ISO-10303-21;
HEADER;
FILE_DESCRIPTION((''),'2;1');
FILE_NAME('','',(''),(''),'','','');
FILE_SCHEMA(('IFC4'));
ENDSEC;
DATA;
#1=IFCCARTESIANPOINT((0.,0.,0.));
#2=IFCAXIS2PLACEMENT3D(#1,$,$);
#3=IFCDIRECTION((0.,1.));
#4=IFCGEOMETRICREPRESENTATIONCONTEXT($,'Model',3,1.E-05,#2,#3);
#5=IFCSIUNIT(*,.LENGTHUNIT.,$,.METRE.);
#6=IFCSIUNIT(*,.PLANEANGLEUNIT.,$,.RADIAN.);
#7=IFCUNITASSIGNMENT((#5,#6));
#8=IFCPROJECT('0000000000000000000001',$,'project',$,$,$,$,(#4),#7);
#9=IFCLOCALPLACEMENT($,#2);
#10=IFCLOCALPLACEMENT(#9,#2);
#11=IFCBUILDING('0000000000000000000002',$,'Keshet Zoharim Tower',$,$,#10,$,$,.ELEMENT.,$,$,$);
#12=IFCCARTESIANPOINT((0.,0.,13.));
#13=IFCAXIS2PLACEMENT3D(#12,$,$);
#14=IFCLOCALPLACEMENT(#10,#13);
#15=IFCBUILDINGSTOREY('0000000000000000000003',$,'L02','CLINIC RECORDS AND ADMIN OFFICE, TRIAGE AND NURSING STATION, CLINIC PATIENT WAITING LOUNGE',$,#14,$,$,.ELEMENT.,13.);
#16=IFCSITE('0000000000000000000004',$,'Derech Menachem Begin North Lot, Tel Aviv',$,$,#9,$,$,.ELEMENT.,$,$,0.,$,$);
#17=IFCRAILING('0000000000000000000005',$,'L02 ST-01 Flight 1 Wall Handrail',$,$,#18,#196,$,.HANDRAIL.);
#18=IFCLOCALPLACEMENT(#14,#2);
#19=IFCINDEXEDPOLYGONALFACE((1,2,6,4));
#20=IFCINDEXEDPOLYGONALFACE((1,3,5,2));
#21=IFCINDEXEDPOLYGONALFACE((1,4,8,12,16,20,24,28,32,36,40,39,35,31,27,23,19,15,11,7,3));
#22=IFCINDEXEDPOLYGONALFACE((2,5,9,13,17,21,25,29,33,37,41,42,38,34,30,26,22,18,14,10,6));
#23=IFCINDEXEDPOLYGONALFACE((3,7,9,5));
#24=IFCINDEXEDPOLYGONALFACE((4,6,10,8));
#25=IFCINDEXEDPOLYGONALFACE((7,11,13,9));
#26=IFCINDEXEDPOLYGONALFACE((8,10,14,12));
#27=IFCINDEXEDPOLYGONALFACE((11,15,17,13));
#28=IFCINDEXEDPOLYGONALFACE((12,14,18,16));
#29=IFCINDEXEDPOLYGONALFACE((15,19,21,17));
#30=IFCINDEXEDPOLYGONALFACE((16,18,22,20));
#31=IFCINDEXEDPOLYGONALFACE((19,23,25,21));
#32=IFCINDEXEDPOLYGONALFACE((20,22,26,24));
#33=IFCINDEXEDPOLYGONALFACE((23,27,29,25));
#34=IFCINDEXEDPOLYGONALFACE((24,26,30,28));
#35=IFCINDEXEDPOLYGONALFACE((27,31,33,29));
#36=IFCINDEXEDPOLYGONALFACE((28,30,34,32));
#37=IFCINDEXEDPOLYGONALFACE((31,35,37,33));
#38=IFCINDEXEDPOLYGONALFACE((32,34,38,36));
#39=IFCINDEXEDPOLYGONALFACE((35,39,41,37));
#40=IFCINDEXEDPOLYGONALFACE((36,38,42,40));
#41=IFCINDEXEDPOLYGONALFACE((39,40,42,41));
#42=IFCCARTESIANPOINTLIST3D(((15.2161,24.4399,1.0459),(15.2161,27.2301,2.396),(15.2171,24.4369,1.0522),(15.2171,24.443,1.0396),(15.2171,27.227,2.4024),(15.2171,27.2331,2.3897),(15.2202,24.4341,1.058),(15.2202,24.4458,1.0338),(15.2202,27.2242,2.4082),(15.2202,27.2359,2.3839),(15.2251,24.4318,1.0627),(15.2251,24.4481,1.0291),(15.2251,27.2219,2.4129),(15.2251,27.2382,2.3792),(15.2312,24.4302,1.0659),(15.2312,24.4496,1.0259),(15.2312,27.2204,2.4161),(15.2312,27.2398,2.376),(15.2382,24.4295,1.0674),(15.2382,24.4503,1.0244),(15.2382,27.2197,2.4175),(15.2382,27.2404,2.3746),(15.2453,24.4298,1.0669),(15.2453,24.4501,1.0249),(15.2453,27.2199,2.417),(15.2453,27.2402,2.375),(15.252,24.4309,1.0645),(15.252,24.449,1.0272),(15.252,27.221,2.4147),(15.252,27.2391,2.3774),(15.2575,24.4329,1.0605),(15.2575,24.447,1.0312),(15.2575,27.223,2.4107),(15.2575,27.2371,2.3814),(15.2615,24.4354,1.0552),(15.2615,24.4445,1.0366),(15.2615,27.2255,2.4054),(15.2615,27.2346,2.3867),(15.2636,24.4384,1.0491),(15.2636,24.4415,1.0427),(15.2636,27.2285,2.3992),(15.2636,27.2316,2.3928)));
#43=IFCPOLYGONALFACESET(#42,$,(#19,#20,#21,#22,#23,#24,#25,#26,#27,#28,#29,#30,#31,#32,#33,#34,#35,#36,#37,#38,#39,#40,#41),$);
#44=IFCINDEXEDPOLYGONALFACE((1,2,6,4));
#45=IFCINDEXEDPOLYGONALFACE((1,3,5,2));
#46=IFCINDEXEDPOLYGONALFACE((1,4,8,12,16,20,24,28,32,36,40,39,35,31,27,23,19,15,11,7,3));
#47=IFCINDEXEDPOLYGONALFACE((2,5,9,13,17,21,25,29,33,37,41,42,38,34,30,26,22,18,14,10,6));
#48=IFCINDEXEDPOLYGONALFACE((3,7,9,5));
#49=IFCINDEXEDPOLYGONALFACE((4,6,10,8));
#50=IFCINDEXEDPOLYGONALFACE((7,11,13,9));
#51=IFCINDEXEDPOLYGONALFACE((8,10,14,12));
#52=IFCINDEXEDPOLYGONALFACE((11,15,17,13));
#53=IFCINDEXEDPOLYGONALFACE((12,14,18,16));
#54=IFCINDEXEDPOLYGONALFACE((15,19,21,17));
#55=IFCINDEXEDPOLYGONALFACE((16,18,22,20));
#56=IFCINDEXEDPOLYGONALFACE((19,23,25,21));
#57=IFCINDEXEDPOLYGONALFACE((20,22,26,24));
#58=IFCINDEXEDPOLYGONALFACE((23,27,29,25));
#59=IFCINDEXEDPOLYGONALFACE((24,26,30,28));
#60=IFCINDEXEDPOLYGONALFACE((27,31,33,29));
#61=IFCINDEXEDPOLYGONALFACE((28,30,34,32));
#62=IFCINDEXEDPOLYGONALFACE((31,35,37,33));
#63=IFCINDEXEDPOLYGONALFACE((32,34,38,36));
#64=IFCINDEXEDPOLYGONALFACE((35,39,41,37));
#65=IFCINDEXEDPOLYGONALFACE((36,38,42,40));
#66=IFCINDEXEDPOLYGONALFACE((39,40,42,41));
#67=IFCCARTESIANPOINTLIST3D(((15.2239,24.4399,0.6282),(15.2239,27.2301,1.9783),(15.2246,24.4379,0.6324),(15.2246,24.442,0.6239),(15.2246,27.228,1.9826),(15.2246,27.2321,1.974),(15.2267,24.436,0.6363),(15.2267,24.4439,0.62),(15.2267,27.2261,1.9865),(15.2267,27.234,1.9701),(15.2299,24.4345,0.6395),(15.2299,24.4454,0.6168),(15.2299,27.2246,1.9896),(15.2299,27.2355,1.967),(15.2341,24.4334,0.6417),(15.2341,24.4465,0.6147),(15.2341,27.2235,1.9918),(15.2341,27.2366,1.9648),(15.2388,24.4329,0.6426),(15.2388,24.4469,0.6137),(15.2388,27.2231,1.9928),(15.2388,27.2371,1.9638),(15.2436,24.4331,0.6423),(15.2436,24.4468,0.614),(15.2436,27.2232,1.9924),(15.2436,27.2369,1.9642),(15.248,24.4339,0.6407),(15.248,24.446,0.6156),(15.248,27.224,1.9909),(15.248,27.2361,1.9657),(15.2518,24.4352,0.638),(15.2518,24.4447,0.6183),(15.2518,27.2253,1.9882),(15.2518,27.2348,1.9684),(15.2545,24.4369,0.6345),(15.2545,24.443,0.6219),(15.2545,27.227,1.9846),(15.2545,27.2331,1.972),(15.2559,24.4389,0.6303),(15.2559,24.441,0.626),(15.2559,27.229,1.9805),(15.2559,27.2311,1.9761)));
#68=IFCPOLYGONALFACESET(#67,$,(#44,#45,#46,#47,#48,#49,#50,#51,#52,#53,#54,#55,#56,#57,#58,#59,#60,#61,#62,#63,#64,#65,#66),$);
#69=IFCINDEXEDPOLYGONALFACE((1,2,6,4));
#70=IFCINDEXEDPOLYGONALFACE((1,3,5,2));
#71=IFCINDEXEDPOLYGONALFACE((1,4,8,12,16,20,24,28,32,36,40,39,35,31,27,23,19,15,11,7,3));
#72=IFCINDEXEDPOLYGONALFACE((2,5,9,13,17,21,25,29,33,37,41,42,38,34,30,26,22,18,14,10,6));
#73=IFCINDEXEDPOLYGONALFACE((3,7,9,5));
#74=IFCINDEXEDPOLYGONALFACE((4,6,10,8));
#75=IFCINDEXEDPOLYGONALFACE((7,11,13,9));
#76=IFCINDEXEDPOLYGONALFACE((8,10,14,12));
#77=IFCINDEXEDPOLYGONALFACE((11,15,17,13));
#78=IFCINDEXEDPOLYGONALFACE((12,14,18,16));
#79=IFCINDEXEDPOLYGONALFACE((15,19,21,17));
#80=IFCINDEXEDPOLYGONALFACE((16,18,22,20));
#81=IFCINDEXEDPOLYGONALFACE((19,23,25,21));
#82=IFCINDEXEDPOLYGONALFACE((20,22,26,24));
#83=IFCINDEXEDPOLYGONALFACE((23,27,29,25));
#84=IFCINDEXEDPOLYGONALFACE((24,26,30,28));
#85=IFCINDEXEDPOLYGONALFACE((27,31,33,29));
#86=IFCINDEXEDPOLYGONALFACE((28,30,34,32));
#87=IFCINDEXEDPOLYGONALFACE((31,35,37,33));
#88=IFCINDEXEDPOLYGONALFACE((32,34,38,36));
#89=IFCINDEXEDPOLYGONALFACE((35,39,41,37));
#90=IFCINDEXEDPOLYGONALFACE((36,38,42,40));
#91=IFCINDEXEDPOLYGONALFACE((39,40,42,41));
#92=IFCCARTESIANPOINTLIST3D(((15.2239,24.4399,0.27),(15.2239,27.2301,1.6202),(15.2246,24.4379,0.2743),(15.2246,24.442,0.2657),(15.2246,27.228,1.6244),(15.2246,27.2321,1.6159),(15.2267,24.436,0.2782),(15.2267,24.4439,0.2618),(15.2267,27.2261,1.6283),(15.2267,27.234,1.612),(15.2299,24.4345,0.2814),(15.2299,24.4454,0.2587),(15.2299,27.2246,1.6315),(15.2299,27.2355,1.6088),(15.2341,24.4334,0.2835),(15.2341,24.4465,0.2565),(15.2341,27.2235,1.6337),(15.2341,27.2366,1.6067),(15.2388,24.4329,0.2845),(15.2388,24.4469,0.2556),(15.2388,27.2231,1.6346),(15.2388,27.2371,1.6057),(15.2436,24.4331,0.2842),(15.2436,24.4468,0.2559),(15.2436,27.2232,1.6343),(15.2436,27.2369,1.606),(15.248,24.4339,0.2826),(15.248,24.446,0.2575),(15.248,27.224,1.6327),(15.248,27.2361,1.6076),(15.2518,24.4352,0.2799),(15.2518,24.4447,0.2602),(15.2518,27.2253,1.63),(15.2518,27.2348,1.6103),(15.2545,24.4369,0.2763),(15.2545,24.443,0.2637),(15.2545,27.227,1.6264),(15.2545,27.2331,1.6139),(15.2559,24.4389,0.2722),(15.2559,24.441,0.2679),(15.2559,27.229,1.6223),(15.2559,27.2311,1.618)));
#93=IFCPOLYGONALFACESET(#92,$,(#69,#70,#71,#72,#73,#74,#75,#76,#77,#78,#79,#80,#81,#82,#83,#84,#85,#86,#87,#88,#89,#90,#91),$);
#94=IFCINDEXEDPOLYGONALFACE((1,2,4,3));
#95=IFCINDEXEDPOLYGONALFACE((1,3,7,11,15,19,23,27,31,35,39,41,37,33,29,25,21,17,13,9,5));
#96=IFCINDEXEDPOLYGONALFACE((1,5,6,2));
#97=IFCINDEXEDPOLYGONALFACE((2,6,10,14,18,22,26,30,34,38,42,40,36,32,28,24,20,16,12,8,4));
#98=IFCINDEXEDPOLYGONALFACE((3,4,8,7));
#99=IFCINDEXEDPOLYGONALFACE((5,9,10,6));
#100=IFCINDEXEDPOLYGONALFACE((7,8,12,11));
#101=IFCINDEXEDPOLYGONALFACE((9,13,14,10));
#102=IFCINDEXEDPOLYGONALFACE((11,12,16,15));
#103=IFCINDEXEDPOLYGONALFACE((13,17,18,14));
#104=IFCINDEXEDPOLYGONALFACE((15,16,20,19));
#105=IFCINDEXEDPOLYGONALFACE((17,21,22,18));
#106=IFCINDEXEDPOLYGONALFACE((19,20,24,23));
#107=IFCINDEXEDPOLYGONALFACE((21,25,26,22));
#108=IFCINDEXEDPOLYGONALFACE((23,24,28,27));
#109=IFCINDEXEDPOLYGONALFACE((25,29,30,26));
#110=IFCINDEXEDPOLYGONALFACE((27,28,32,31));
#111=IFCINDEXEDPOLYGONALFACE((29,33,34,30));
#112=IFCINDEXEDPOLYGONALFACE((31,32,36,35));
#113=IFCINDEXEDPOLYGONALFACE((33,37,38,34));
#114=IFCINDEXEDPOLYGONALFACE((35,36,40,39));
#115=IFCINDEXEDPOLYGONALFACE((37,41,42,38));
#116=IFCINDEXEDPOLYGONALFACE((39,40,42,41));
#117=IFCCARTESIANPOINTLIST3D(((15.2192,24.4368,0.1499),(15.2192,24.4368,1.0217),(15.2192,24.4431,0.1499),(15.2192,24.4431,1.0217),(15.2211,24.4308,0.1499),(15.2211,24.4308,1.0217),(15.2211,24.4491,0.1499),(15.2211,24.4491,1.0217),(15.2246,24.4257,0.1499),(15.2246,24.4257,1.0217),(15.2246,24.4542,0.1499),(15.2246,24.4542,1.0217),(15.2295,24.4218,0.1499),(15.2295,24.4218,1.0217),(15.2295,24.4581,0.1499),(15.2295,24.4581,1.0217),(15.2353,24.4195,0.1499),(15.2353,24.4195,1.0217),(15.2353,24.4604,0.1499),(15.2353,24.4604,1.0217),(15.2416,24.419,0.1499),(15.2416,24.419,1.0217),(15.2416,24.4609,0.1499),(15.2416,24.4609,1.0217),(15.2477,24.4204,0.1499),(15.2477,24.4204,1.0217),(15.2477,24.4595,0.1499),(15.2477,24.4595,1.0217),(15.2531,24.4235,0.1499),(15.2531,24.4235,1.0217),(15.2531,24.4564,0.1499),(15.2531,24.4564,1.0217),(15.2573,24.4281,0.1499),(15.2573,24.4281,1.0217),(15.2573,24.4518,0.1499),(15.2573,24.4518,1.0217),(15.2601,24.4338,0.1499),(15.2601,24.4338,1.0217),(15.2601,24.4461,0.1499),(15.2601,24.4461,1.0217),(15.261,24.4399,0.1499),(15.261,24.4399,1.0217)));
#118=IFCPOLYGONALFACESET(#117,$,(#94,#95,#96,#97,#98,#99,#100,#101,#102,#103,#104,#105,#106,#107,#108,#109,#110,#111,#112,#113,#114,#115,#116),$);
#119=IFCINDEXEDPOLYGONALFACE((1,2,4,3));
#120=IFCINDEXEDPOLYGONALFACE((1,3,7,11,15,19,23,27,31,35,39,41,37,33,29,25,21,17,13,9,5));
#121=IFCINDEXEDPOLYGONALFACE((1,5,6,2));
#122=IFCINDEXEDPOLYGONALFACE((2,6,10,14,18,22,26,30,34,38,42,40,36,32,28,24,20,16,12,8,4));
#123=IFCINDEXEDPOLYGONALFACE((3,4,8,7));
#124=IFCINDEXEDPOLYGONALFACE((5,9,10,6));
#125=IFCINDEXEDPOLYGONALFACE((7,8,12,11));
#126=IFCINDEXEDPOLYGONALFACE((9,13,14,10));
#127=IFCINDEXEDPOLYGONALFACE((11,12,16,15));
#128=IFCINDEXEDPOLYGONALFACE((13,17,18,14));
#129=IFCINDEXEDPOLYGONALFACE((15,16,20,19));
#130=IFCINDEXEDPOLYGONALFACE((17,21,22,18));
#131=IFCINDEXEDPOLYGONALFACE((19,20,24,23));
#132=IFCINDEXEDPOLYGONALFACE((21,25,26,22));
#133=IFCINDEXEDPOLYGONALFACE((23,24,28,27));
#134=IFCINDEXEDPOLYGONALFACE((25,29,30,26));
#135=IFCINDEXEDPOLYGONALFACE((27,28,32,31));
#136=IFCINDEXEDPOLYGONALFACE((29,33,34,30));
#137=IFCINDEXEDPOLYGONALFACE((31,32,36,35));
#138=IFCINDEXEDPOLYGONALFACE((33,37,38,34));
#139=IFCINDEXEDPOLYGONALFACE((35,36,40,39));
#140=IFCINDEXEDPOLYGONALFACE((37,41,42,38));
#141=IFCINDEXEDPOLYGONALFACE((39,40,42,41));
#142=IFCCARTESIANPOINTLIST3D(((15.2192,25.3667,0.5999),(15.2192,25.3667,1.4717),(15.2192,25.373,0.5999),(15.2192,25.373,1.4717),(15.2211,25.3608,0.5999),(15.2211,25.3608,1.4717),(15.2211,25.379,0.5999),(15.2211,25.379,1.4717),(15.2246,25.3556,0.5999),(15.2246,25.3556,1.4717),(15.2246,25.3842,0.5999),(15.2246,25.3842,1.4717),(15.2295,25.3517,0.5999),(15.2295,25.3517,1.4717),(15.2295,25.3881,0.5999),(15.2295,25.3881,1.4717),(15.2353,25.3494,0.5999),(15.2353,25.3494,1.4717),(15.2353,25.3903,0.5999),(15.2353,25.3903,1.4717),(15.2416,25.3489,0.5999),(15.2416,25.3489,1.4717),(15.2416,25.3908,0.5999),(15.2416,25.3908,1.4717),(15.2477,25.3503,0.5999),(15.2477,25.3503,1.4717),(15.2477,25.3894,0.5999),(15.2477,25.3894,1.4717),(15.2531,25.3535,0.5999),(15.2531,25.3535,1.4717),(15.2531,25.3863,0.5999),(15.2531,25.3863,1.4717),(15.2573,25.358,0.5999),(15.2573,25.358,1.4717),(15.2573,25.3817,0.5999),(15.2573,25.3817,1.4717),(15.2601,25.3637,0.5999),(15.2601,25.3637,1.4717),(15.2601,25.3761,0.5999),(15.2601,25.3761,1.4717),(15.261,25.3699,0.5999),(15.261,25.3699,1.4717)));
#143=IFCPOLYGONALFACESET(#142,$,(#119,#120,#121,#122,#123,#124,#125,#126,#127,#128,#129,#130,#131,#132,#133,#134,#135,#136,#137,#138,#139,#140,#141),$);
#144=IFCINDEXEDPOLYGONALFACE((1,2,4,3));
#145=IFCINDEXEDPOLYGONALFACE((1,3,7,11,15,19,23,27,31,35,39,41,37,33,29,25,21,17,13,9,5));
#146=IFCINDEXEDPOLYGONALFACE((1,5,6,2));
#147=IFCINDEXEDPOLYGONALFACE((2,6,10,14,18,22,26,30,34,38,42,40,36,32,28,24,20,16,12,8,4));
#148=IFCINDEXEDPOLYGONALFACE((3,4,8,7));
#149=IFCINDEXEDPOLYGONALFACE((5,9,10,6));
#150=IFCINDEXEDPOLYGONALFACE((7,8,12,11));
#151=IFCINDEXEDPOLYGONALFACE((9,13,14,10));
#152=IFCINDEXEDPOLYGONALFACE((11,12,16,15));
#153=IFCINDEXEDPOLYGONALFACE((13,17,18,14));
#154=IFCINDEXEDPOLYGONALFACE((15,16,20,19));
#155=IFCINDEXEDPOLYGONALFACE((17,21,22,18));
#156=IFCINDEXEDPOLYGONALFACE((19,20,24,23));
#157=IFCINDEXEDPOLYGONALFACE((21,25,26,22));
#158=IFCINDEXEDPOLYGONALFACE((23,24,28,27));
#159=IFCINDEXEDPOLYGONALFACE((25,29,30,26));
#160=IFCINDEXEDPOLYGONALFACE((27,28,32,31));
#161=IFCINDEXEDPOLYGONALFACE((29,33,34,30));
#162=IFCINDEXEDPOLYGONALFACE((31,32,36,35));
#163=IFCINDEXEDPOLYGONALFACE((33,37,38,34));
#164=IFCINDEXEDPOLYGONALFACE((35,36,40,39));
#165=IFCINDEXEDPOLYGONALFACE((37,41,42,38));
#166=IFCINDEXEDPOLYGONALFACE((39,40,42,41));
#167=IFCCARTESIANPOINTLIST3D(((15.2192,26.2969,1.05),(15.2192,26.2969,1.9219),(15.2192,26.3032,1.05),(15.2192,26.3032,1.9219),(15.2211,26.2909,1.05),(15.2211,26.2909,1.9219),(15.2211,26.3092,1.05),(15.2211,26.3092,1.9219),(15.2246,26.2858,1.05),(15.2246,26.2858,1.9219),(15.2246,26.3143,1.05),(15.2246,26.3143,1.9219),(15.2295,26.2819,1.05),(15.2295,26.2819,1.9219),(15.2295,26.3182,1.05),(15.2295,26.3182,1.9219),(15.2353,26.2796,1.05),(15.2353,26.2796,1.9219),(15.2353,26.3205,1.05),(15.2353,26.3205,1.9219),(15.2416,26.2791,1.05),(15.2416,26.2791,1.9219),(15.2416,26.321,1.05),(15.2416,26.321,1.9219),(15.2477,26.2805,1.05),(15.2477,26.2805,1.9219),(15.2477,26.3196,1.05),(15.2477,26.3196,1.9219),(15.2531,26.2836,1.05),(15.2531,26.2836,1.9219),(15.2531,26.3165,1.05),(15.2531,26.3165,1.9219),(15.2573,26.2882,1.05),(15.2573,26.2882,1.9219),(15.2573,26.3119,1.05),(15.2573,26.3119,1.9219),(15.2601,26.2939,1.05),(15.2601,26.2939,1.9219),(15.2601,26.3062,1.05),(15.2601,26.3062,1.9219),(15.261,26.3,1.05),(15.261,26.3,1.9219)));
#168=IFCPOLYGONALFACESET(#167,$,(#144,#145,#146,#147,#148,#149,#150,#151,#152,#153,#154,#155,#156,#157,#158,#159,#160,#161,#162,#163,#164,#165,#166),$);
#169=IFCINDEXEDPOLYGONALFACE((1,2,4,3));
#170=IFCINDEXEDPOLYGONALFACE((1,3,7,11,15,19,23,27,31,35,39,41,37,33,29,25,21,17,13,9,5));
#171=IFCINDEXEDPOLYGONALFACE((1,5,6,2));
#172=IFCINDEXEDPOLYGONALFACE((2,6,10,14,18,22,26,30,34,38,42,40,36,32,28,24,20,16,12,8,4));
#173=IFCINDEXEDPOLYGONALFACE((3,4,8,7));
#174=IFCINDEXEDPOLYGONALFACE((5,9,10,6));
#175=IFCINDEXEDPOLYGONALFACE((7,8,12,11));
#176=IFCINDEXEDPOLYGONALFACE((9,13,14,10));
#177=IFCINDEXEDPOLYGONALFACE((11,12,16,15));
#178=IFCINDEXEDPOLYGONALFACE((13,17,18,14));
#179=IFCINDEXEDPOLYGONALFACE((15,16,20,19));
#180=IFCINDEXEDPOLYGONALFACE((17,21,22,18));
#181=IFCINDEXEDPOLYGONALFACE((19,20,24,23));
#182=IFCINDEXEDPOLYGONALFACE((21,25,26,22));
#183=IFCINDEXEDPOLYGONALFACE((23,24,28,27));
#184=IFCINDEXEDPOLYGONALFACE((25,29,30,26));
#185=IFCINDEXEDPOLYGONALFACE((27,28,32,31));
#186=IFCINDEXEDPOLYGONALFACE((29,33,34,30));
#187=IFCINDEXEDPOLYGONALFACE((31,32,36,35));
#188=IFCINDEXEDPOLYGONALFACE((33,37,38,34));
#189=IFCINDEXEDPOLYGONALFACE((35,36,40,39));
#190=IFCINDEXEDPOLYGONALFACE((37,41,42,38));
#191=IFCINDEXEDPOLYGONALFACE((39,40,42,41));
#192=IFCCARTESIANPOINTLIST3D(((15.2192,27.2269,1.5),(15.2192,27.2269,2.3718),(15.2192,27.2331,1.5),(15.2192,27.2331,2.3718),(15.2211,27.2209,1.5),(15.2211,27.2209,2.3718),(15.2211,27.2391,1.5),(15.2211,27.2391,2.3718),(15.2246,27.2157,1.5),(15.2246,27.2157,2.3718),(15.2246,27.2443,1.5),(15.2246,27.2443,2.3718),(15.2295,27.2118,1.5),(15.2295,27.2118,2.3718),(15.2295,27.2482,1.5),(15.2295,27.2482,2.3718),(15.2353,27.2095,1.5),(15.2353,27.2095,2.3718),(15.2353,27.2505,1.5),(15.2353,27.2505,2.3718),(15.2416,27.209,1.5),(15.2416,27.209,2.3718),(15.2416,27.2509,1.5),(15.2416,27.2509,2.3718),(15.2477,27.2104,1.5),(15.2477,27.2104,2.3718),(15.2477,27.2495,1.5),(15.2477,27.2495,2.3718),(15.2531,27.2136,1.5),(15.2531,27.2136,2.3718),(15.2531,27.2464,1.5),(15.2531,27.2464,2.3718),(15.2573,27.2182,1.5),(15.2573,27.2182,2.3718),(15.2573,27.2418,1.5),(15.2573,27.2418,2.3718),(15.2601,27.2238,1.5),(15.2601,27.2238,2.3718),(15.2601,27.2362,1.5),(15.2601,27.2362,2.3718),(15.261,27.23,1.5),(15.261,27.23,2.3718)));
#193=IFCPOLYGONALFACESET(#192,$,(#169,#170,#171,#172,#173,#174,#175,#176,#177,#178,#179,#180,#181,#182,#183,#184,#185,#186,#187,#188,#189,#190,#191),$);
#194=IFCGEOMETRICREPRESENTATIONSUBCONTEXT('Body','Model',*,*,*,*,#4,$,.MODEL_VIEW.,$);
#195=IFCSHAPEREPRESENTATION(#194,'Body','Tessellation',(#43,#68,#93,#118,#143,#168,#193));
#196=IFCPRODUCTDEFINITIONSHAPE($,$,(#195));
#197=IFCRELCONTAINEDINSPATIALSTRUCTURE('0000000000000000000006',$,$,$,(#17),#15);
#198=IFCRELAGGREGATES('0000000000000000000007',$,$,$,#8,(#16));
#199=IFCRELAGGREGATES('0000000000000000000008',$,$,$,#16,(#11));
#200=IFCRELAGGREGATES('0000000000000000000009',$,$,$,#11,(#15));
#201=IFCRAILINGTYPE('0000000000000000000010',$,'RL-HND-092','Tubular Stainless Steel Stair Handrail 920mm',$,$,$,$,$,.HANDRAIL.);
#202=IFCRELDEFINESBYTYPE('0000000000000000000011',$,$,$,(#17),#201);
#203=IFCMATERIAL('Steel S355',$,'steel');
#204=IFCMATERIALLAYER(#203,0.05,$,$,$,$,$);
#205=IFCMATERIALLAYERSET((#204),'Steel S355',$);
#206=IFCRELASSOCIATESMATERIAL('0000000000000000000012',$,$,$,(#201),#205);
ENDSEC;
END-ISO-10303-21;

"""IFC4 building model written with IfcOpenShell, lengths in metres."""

from ifc_helpers import new_model, si_unit, direction, frame, origin, origin_2d, place, context, subcontext, project, spatial, circle, extrude, material, layer, layer_set, type_object, element, save


model = new_model("IFC4")

# Units and contexts
model_context = context("Model", 3, precision=1e-05, world=origin(), true_north=direction((0.0, 1.0)))
body_context = subcontext(model_context, "Body", "Model", "MODEL_VIEW")
ifc_project = project(units=[si_unit("LENGTHUNIT", "METRE"), si_unit("PLANEANGLEUNIT", "RADIAN")], contexts=[model_context])

# Site, building, storey
site_placement = place(None, origin())
site = spatial("IfcSite", under=ifc_project, at=site_placement, Name="Derech Menachem Begin North Lot, Tel Aviv", CompositionType="ELEMENT", RefElevation=0.0)
building_placement = place(site_placement, origin())
building = spatial("IfcBuilding", under=site, at=building_placement, Name="Keshet Zoharim Tower", CompositionType="ELEMENT")
storey_placement = place(building_placement, frame((0.0, 0.0, 13.0)))
storey = spatial("IfcBuildingStorey", under=building, at=storey_placement, Name="L02", Description="CLINIC RECORDS AND ADMIN OFFICE, TRIAGE AND NURSING STATION, CLINIC PATIENT WAITING LOUNGE", CompositionType="ELEMENT", Elevation=13.0)

# Shared definitions
ifc_material_1 = material(Name="Steel S355", Category="steel")

# Railing
ifc_layer_1 = layer(ifc_material_1, 0.05)
ifc_layer_set_1 = layer_set([ifc_layer_1], Name="Steel S355")
railing_type_1 = type_object("IfcRailingType", Name="RL-HND-092", Description="Tubular Stainless Steel Stair Handrail 920mm", PredefinedType="HANDRAIL", material=ifc_layer_set_1)
for number, where, name in (
    (1, (15.24, 24.4399, 0.1499), "L02 ST-01 Flight 1 Wall Handrail"),
):
    element("IfcRailing", number, at=place(storey_placement, frame(where)), inside=storey, type_object=railing_type_1, Name=name, PredefinedType="HANDRAIL", context=body_context, shape_type="SweptSolid", body=[
        extrude(circle(Radius=0.0239, at=origin_2d()), frame((0.0, 0.0, 0.896), z_axis=(0.0, 0.900149, 0.435582), x_axis=(-1.0, 0.0, 0.0)), (0.0, 0.0, 1.0), 3.0996),
        extrude(circle(Radius=0.0161, at=origin_2d()), frame((0.0, 0.0, 0.4783), z_axis=(0.0, 0.900149, 0.435582), x_axis=(-1.0, 0.0, 0.0)), (0.0, 0.0, 1.0), 3.0996),
        extrude(circle(Radius=0.0161, at=origin_2d()), frame((0.0, 0.0, 0.1201), z_axis=(0.0, 0.900149, 0.435582), x_axis=(-1.0, 0.0, 0.0)), (0.0, 0.0, 1.0), 3.0996),
        extrude(circle(Radius=0.021, at=origin_2d()), origin(), (0.0, 0.0, 1.0), 0.8718),
        extrude(circle(Radius=0.021, at=origin_2d()), frame((0.0, 0.9299, 0.45)), (0.0, 0.0, 1.0), 0.8718),
        extrude(circle(Radius=0.021, at=origin_2d()), frame((0.0, 1.8601, 0.9001)), (0.0, 0.0, 1.0), 0.8718),
        extrude(circle(Radius=0.021, at=origin_2d()), frame((0.0, 2.79, 1.3501)), (0.0, 0.0, 1.0), 0.8718),
    ])

save(model, "model.ifc")
